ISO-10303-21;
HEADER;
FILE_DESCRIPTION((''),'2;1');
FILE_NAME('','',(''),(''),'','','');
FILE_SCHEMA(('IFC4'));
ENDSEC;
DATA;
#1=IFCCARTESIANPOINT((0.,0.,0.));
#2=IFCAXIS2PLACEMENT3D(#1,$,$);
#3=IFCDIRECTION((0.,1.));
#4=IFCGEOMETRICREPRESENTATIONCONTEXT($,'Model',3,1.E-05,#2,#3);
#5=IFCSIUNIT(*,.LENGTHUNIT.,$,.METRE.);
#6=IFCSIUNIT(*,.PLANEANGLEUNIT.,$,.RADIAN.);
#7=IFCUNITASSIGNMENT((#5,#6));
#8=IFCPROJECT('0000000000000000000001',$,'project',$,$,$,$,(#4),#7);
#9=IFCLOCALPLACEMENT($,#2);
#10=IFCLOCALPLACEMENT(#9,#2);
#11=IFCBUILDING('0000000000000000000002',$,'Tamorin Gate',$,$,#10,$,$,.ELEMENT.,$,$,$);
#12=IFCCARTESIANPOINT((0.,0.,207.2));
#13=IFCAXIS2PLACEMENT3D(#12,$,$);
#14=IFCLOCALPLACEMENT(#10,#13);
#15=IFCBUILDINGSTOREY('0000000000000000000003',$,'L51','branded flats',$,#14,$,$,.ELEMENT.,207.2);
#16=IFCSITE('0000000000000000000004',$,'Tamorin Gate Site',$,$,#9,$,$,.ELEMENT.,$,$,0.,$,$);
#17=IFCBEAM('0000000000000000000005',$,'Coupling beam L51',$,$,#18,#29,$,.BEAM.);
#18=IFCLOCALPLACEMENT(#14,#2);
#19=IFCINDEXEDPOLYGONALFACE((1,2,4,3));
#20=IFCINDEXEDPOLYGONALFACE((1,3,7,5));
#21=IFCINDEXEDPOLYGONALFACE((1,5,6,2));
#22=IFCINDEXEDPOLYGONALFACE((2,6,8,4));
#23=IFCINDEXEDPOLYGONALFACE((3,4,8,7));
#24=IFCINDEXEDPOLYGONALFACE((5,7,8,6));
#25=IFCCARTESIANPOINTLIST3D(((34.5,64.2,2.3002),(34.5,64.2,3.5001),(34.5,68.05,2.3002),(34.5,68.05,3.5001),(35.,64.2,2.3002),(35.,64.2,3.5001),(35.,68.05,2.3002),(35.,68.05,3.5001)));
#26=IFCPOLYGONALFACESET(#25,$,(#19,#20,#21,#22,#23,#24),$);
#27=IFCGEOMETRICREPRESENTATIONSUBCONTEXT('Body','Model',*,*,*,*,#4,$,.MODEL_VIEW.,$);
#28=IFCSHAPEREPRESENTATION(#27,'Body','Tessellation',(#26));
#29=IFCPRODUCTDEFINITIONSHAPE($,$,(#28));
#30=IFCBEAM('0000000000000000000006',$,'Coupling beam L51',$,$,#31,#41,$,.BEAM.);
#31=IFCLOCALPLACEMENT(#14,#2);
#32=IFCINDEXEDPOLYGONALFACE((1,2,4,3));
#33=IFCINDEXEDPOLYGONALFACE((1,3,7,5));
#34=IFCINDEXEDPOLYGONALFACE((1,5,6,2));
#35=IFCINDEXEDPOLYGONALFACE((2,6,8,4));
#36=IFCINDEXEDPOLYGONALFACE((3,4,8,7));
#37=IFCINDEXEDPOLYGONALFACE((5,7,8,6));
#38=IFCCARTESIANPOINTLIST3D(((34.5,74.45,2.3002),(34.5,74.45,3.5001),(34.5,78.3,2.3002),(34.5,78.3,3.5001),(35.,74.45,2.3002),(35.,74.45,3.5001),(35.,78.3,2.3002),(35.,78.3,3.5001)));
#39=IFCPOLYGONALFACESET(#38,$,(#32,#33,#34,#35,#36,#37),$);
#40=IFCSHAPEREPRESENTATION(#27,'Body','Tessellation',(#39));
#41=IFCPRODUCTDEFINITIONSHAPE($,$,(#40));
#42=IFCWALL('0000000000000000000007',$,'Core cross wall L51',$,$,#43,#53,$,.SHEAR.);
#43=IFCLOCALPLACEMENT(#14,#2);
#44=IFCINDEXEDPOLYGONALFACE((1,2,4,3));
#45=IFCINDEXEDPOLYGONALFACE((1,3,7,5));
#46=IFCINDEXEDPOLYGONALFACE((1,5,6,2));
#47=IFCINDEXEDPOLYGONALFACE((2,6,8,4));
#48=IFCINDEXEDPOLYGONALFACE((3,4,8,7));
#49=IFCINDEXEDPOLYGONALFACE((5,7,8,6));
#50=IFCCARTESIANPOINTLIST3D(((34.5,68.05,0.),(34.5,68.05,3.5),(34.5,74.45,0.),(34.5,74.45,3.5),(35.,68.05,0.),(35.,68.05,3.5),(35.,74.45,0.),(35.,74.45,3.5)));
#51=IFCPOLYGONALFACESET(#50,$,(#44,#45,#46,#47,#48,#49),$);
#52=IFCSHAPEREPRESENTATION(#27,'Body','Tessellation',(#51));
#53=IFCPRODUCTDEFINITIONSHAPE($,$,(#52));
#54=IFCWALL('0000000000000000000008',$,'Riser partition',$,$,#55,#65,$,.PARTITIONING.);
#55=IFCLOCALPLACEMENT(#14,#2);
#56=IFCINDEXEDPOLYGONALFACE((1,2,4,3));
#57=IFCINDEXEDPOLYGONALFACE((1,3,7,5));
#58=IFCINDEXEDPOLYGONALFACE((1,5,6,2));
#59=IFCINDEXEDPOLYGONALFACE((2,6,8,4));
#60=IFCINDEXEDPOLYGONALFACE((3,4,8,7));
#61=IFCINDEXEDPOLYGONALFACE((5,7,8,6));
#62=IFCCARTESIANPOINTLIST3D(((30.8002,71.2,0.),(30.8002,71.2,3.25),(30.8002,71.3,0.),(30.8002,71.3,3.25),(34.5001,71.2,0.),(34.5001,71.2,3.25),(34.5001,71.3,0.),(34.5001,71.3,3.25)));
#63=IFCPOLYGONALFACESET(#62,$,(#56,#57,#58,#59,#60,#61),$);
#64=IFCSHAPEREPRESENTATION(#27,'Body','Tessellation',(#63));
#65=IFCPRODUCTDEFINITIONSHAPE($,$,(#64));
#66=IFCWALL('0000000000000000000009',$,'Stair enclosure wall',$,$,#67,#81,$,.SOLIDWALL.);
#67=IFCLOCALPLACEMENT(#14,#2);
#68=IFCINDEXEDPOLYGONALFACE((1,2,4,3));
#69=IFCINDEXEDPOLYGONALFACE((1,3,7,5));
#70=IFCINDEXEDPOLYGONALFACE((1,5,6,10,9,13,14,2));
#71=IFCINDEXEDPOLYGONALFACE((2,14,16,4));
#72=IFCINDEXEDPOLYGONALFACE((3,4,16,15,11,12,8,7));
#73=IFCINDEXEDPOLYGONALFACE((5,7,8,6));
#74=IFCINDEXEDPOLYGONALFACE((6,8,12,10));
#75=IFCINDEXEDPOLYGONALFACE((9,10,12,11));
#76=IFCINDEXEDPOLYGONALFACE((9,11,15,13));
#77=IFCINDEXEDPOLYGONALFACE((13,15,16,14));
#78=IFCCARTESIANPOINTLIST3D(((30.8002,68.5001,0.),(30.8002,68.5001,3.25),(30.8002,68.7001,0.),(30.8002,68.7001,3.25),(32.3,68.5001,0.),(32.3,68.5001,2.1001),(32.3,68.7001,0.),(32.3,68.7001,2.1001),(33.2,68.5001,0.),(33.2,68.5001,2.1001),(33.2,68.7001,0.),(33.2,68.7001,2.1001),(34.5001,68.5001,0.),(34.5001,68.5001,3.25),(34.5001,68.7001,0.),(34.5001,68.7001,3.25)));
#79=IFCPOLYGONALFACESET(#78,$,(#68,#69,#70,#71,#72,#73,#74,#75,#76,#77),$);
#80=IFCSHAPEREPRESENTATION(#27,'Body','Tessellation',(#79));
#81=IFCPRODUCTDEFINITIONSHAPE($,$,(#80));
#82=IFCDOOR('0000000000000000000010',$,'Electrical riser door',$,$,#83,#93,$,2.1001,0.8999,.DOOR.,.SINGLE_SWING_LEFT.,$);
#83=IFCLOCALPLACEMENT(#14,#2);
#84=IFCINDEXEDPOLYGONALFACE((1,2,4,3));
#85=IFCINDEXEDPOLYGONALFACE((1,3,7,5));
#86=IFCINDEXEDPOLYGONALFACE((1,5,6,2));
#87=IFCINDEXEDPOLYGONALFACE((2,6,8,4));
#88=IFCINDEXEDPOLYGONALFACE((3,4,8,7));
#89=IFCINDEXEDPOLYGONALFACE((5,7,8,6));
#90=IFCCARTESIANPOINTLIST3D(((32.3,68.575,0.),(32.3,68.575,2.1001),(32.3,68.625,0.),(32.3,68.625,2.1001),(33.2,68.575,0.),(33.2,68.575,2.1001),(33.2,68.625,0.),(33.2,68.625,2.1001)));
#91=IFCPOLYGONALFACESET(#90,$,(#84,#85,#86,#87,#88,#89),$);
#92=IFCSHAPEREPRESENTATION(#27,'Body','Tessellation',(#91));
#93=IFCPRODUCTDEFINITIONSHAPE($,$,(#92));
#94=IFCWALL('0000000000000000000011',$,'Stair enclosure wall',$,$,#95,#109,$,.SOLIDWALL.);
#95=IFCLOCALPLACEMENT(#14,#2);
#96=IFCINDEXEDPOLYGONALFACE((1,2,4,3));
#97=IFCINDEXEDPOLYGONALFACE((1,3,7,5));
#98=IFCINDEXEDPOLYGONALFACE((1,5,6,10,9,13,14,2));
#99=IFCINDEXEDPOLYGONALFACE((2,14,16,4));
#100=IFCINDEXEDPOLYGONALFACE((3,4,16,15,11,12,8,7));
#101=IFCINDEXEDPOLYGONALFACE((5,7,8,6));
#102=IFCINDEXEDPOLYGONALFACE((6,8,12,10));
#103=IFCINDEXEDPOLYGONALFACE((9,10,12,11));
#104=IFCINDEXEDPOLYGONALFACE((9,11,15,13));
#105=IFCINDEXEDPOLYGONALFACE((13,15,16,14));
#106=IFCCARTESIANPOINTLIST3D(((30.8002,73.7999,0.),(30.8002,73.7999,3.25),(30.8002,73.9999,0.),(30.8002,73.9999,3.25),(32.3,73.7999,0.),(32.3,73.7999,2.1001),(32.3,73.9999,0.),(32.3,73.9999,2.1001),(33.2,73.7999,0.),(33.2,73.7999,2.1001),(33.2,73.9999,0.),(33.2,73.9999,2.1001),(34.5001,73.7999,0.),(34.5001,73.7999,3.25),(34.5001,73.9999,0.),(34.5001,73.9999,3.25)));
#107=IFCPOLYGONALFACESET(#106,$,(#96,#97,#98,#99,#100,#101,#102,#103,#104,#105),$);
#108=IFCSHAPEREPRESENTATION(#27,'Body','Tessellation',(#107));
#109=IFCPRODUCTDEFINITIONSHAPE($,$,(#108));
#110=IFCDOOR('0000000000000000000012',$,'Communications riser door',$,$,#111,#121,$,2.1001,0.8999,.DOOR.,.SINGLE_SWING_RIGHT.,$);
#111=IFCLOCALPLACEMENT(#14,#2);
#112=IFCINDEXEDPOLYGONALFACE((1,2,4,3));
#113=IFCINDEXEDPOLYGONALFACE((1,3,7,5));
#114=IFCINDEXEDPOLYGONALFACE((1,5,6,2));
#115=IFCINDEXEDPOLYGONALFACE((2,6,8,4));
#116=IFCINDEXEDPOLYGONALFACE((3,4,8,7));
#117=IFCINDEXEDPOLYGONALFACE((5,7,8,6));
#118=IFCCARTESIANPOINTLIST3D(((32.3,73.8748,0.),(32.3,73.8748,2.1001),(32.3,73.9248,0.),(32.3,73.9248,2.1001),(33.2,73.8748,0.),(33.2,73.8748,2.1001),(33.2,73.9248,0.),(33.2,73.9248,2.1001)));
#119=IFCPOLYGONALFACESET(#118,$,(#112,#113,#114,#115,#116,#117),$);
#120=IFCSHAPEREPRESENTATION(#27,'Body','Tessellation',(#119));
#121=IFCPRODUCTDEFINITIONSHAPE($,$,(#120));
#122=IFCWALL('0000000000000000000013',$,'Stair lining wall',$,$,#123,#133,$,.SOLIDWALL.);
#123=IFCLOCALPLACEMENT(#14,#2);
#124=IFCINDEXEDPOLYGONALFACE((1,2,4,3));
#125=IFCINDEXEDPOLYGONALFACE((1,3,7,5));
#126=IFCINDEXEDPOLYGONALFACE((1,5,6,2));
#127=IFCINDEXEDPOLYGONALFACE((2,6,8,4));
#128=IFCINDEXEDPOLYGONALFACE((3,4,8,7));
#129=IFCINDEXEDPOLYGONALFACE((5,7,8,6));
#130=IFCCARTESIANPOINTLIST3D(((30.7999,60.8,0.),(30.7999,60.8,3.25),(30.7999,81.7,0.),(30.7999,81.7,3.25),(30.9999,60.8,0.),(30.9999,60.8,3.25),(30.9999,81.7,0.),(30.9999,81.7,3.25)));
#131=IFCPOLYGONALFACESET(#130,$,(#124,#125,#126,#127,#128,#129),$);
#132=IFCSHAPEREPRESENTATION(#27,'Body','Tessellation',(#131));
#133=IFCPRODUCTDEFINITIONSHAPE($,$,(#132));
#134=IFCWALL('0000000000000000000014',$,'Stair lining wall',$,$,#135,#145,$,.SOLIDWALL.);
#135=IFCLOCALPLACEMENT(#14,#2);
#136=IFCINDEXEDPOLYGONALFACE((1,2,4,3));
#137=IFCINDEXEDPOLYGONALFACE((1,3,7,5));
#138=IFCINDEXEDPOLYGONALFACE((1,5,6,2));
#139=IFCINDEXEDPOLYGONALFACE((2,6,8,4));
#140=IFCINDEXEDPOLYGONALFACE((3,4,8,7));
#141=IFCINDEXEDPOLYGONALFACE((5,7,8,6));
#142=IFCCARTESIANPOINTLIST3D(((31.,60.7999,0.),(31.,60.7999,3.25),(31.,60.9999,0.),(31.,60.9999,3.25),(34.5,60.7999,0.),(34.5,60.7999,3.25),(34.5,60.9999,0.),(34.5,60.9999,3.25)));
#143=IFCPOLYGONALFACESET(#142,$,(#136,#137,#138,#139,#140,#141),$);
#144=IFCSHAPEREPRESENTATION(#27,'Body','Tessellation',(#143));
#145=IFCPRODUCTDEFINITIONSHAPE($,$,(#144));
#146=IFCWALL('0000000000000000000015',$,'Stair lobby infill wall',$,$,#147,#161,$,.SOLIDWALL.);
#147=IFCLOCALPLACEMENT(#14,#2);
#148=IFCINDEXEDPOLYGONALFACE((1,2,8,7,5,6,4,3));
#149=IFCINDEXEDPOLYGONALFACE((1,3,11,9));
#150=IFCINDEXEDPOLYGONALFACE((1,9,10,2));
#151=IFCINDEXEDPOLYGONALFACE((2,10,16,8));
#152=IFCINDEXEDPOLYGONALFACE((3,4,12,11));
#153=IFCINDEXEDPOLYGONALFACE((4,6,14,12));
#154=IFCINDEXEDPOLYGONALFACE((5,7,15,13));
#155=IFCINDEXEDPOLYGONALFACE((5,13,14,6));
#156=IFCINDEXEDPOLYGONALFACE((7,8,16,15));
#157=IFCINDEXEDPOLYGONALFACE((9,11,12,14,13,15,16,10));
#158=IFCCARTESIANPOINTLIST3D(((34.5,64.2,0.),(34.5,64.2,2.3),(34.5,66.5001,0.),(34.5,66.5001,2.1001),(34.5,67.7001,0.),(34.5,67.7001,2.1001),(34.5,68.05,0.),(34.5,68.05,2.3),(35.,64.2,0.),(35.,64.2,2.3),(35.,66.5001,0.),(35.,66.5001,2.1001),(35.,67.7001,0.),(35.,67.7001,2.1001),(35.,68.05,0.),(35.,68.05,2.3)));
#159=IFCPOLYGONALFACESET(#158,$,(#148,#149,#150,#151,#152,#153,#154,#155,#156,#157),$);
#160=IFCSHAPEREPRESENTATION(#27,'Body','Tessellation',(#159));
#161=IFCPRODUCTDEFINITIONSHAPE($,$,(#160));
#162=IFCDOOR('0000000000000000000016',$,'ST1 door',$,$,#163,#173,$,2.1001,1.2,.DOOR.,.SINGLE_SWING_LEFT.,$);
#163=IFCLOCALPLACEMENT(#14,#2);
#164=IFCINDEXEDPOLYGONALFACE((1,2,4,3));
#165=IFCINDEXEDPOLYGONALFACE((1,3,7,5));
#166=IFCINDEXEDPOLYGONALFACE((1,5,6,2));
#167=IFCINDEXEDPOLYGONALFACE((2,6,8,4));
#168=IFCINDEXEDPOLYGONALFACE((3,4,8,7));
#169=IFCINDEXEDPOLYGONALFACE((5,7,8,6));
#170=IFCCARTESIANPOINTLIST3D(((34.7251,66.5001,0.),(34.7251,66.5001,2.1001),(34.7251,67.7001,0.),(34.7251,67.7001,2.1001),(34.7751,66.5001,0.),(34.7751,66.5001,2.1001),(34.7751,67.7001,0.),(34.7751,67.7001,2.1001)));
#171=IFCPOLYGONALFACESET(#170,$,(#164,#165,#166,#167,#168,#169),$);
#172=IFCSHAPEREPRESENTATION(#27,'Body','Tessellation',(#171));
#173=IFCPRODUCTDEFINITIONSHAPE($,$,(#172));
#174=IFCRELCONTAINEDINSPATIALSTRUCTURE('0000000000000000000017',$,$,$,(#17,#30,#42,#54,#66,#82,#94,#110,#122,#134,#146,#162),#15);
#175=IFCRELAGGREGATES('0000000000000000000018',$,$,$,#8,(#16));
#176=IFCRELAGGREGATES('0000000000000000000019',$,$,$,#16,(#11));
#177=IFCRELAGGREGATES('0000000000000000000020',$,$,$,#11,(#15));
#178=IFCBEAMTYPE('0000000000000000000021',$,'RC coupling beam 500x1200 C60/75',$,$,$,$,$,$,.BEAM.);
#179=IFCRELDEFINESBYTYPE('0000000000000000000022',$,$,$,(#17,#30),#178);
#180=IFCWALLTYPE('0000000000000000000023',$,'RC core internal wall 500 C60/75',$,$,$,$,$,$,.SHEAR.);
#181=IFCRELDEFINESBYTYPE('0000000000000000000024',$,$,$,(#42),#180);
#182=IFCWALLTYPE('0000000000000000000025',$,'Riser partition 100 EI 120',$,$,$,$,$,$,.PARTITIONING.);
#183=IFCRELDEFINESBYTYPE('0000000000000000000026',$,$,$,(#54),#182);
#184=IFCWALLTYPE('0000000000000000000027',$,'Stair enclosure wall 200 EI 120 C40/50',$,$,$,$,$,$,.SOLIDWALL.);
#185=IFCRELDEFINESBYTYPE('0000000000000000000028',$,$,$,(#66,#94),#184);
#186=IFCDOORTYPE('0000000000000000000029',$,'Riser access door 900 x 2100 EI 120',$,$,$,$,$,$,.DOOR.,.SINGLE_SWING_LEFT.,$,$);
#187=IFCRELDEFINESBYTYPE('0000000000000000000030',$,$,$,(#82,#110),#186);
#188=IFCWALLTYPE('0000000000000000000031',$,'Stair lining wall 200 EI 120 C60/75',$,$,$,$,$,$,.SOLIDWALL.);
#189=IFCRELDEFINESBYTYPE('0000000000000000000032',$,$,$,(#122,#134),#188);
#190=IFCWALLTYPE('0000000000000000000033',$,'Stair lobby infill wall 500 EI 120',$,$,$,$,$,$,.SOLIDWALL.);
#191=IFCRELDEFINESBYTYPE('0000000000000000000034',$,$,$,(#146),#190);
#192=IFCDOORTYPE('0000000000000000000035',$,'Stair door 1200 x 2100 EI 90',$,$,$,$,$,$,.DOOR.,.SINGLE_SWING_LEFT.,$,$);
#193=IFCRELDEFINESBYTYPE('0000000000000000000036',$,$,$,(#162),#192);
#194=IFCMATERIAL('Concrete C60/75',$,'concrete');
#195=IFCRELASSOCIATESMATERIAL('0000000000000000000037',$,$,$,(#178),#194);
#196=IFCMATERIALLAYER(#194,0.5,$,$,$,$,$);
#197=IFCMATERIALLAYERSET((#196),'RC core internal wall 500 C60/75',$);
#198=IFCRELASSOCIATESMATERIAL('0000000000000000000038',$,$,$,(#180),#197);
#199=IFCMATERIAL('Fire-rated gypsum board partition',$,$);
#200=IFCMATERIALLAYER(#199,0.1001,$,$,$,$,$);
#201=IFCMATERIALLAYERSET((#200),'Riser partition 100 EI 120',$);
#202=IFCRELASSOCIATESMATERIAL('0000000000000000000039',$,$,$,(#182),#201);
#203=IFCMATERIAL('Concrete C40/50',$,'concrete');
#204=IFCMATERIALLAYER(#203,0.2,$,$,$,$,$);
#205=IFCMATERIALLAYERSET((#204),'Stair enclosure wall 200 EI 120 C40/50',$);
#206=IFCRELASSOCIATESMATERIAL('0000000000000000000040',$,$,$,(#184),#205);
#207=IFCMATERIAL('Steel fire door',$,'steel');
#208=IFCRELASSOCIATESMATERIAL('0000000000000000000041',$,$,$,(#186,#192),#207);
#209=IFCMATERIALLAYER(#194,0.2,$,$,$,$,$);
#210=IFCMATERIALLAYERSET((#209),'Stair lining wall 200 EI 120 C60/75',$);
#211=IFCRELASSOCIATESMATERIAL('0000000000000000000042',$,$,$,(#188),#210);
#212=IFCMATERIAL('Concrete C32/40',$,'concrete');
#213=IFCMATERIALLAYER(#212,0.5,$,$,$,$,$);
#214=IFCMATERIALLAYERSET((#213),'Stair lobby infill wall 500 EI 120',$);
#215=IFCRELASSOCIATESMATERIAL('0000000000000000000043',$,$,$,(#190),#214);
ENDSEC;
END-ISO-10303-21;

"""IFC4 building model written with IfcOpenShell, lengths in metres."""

from ifc_helpers import new_model, si_unit, direction, frame, frame_2d, origin, origin_2d, place, context, subcontext, project, spatial, rectangle, extrude, material, layer, layer_set, material_profile, profile_set, type_object, element, fill, save


model = new_model("IFC4")

# Units and contexts
model_context = context("Model", 3, precision=1e-05, world=origin(), true_north=direction((0.0, 1.0)))
body_context = subcontext(model_context, "Body", "Model", "MODEL_VIEW")
ifc_project = project(units=[si_unit("LENGTHUNIT", "METRE"), si_unit("PLANEANGLEUNIT", "RADIAN")], contexts=[model_context])

# Site, building, storey
site_placement = place(None, origin())
site = spatial("IfcSite", under=ifc_project, at=site_placement, Name="Tamorin Gate Site", CompositionType="ELEMENT", RefElevation=0.0)
building_placement = place(site_placement, origin())
building = spatial("IfcBuilding", under=site, at=building_placement, Name="Tamorin Gate", CompositionType="ELEMENT")
storey_placement = place(building_placement, frame((0.0, 0.0, 207.2)))
storey = spatial("IfcBuildingStorey", under=building, at=storey_placement, Name="L51", Description="branded flats", CompositionType="ELEMENT", Elevation=207.2)

# Beams
ifc_material_1 = material(Name="Concrete C60/75", Category="concrete")
ifc_material_profile = material_profile(ifc_material_1, rectangle(XDim=0.5, YDim=1.2, at=origin_2d()), Name="RC 500x1200")
ifc_profile_set = profile_set([ifc_material_profile], Name="Concrete C60/75")
beam_type = type_object("IfcBeamType", Name="RC coupling beam 500x1200 C60/75", PredefinedType="BEAM", material=ifc_profile_set)
for number, where, z_axis, x_axis, name in (
    (1, (34.75, 64.2, 2.9001), (0.0, 1.0, 0.0), (-1.0, 0.0, 0.0), "Coupling beam L51"),
    (2, (34.75, 74.45, 2.9001), (0.0, 1.0, 0.0), (-1.0, 0.0, 0.0), "Coupling beam L51"),
):
    element("IfcBeam", number, at=place(storey_placement, frame(where, z_axis=z_axis, x_axis=x_axis)), inside=storey, type_object=beam_type, Name=name, PredefinedType="BEAM", context=body_context, shape_type="SweptSolid", body=[
        extrude(rectangle(XDim=0.5, YDim=1.2, at=origin_2d()), origin(), (0.0, 0.0, 1.0), 3.8501),
    ])

# Walls
ifc_layer_1 = layer(ifc_material_1, 0.5)
ifc_layer_set_1 = layer_set([ifc_layer_1], Name="RC core internal wall 500 C60/75")
wall_type_1 = type_object("IfcWallType", Name="RC core internal wall 500 C60/75", PredefinedType="SHEAR", material=ifc_layer_set_1)
wall_1_placement = place(storey_placement, frame((34.75, 68.05, 0.0), z_axis=(0.0, 0.0, 1.0), x_axis=(0.0, 1.0, 0.0)))
element("IfcWall", 3, at=wall_1_placement, inside=storey, type_object=wall_type_1, Name="Core cross wall L51", PredefinedType="SHEAR", context=body_context, shape_type="SweptSolid", body=[
    extrude(rectangle(XDim=6.3999, YDim=0.5, at=frame_2d((3.2, 0.0))), origin(), (0.0, 0.0, 1.0), 3.5),
])
ifc_material_2 = material(Name="Fire-rated gypsum board partition")
ifc_layer_2 = layer(ifc_material_2, 0.1001)
ifc_layer_set_2 = layer_set([ifc_layer_2], Name="Riser partition 100 EI 120")
wall_type_2 = type_object("IfcWallType", Name="Riser partition 100 EI 120", PredefinedType="PARTITIONING", material=ifc_layer_set_2)
wall_2_placement = place(storey_placement, frame((30.8, 71.25, 0.0), z_axis=(0.0, 0.0, 1.0), x_axis=(1.0, 0.0, 0.0)))
element("IfcWall", 4, at=wall_2_placement, inside=storey, type_object=wall_type_2, Name="Riser partition", PredefinedType="PARTITIONING", context=body_context, shape_type="SweptSolid", body=[
    extrude(rectangle(XDim=3.7, YDim=0.1001, at=frame_2d((1.8501, 0.0))), origin(), (0.0, 0.0, 1.0), 3.25),
])

# Walls, openings, doors
ifc_material_3 = material(Name="Concrete C40/50", Category="concrete")
ifc_layer_3 = layer(ifc_material_3, 0.2)
ifc_layer_set_3 = layer_set([ifc_layer_3], Name="Stair enclosure wall 200 EI 120 C40/50")
wall_type_3 = type_object("IfcWallType", Name="Stair enclosure wall 200 EI 120 C40/50", PredefinedType="SOLIDWALL", material=ifc_layer_set_3)
wall_3_placement = place(storey_placement, frame((30.8, 68.6001, 0.0), z_axis=(0.0, 0.0, 1.0), x_axis=(1.0, 0.0, 0.0)))
wall_3 = element("IfcWall", 5, at=wall_3_placement, inside=storey, type_object=wall_type_3, Name="Stair enclosure wall", PredefinedType="SOLIDWALL", context=body_context, shape_type="SweptSolid", body=[
    extrude(rectangle(XDim=3.7, YDim=0.2, at=frame_2d((1.8501, 0.0))), origin(), (0.0, 0.0, 1.0), 3.25),
])
opening_1_placement = place(wall_3_placement, frame((1.5, 0.0, 0.0)))
opening_1 = element("IfcOpeningElement", 6, at=opening_1_placement, cuts=wall_3, PredefinedType="OPENING", context=body_context, shape_type="SweptSolid", body=[
    extrude(rectangle(XDim=0.8999, YDim=2.1001, at=frame_2d((0.45, 1.05))), frame((0.0, 0.1099, 0.0), z_axis=(0.0, -1.0, 0.0), x_axis=(1.0, 0.0, 0.0)), (0.0, 0.0, 1.0), 0.22),
])
ifc_material_4 = material(Name="Steel fire door", Category="steel")
door_type_1 = type_object("IfcDoorType", Name="Riser access door 900 x 2100 EI 120", OperationType="SINGLE_SWING_LEFT", PredefinedType="DOOR", material=ifc_material_4)
door_1_placement = place(opening_1_placement, origin())
door_1 = element("IfcDoor", 7, at=door_1_placement, inside=storey, type_object=door_type_1, Name="Electrical riser door", OperationType="SINGLE_SWING_LEFT", OverallHeight=2.1001, OverallWidth=0.8999, PredefinedType="DOOR", context=body_context, shape_type="SweptSolid", body=[
    extrude(rectangle(XDim=0.8999, YDim=2.1001, at=frame_2d((0.45, 1.05))), frame((0.0, 0.0249, 0.0), z_axis=(0.0, -1.0, 0.0), x_axis=(1.0, 0.0, 0.0)), (0.0, 0.0, 1.0), 0.05),
])
fill(opening_1, door_1)
wall_4_placement = place(storey_placement, frame((30.8, 73.8999, 0.0), z_axis=(0.0, 0.0, 1.0), x_axis=(1.0, 0.0, 0.0)))
wall_4 = element("IfcWall", 8, at=wall_4_placement, inside=storey, type_object=wall_type_3, Name="Stair enclosure wall", PredefinedType="SOLIDWALL", context=body_context, shape_type="SweptSolid", body=[
    extrude(rectangle(XDim=3.7, YDim=0.2, at=frame_2d((1.8501, 0.0))), origin(), (0.0, 0.0, 1.0), 3.25),
])
opening_2_placement = place(wall_4_placement, frame((1.5, 0.0, 0.0)))
opening_2 = element("IfcOpeningElement", 9, at=opening_2_placement, cuts=wall_4, PredefinedType="OPENING", context=body_context, shape_type="SweptSolid", body=[
    extrude(rectangle(XDim=0.8999, YDim=2.1001, at=frame_2d((0.45, 1.05))), frame((0.0, 0.1099, 0.0), z_axis=(0.0, -1.0, 0.0), x_axis=(1.0, 0.0, 0.0)), (0.0, 0.0, 1.0), 0.22),
])
door_2_placement = place(opening_2_placement, origin())
door_2 = element("IfcDoor", 10, at=door_2_placement, inside=storey, type_object=door_type_1, Name="Communications riser door", OperationType="SINGLE_SWING_RIGHT", OverallHeight=2.1001, OverallWidth=0.8999, PredefinedType="DOOR", context=body_context, shape_type="SweptSolid", body=[
    extrude(rectangle(XDim=0.8999, YDim=2.1001, at=frame_2d((0.45, 1.05))), frame((0.0, 0.0249, 0.0), z_axis=(0.0, -1.0, 0.0), x_axis=(1.0, 0.0, 0.0)), (0.0, 0.0, 1.0), 0.05),
])
fill(opening_2, door_2)

# Walls
ifc_layer_4 = layer(ifc_material_1, 0.2)
ifc_layer_set_4 = layer_set([ifc_layer_4], Name="Stair lining wall 200 EI 120 C60/75")
wall_type_4 = type_object("IfcWallType", Name="Stair lining wall 200 EI 120 C60/75", PredefinedType="SOLIDWALL", material=ifc_layer_set_4)
wall_5_placement = place(storey_placement, frame((30.8999, 60.8, 0.0), z_axis=(0.0, 0.0, 1.0), x_axis=(0.0, 1.0, 0.0)))
element("IfcWall", 11, at=wall_5_placement, inside=storey, type_object=wall_type_4, Name="Stair lining wall", PredefinedType="SOLIDWALL", context=body_context, shape_type="SweptSolid", body=[
    extrude(rectangle(XDim=20.8999, YDim=0.2, at=frame_2d((10.45, 0.0))), origin(), (0.0, 0.0, 1.0), 3.25),
])
wall_6_placement = place(storey_placement, frame((31.0, 60.8999, 0.0), z_axis=(0.0, 0.0, 1.0), x_axis=(1.0, 0.0, 0.0)))
element("IfcWall", 12, at=wall_6_placement, inside=storey, type_object=wall_type_4, Name="Stair lining wall", PredefinedType="SOLIDWALL", context=body_context, shape_type="SweptSolid", body=[
    extrude(rectangle(XDim=3.5, YDim=0.2, at=frame_2d((1.75, 0.0))), origin(), (0.0, 0.0, 1.0), 3.25),
])

# Wall, opening, door
ifc_material_5 = material(Name="Concrete C32/40", Category="concrete")
ifc_layer_5 = layer(ifc_material_5, 0.5)
ifc_layer_set_5 = layer_set([ifc_layer_5], Name="Stair lobby infill wall 500 EI 120")
wall_type_5 = type_object("IfcWallType", Name="Stair lobby infill wall 500 EI 120", PredefinedType="SOLIDWALL", material=ifc_layer_set_5)
wall_7_placement = place(storey_placement, frame((34.75, 64.2, 0.0), z_axis=(0.0, 0.0, 1.0), x_axis=(0.0, 1.0, 0.0)))
wall_7 = element("IfcWall", 13, at=wall_7_placement, inside=storey, type_object=wall_type_5, Name="Stair lobby infill wall", PredefinedType="SOLIDWALL", context=body_context, shape_type="SweptSolid", body=[
    extrude(rectangle(XDim=3.8501, YDim=0.5, at=frame_2d((1.925, 0.0))), origin(), (0.0, 0.0, 1.0), 2.3),
])
opening_3_placement = place(wall_7_placement, frame((2.3, 0.0, 0.0)))
opening_3 = element("IfcOpeningElement", 14, at=opening_3_placement, cuts=wall_7, PredefinedType="OPENING", context=body_context, shape_type="SweptSolid", body=[
    extrude(rectangle(XDim=1.2, YDim=2.1001, at=frame_2d((0.6001, 1.05))), frame((0.0, 0.26, 0.0), z_axis=(0.0, -1.0, 0.0), x_axis=(1.0, 0.0, 0.0)), (0.0, 0.0, 1.0), 0.52),
])
door_type_2 = type_object("IfcDoorType", Name="Stair door 1200 x 2100 EI 90", OperationType="SINGLE_SWING_LEFT", PredefinedType="DOOR", material=ifc_material_4)
door_3_placement = place(opening_3_placement, origin())
door_3 = element("IfcDoor", 15, at=door_3_placement, inside=storey, type_object=door_type_2, Name="ST1 door", OperationType="SINGLE_SWING_LEFT", OverallHeight=2.1001, OverallWidth=1.2, PredefinedType="DOOR", context=body_context, shape_type="SweptSolid", body=[
    extrude(rectangle(XDim=1.2, YDim=2.1001, at=frame_2d((0.6001, 1.05))), frame((0.0, 0.0249, 0.0), z_axis=(0.0, -1.0, 0.0), x_axis=(1.0, 0.0, 0.0)), (0.0, 0.0, 1.0), 0.05),
])
fill(opening_3, door_3)

save(model, "model.ifc")
